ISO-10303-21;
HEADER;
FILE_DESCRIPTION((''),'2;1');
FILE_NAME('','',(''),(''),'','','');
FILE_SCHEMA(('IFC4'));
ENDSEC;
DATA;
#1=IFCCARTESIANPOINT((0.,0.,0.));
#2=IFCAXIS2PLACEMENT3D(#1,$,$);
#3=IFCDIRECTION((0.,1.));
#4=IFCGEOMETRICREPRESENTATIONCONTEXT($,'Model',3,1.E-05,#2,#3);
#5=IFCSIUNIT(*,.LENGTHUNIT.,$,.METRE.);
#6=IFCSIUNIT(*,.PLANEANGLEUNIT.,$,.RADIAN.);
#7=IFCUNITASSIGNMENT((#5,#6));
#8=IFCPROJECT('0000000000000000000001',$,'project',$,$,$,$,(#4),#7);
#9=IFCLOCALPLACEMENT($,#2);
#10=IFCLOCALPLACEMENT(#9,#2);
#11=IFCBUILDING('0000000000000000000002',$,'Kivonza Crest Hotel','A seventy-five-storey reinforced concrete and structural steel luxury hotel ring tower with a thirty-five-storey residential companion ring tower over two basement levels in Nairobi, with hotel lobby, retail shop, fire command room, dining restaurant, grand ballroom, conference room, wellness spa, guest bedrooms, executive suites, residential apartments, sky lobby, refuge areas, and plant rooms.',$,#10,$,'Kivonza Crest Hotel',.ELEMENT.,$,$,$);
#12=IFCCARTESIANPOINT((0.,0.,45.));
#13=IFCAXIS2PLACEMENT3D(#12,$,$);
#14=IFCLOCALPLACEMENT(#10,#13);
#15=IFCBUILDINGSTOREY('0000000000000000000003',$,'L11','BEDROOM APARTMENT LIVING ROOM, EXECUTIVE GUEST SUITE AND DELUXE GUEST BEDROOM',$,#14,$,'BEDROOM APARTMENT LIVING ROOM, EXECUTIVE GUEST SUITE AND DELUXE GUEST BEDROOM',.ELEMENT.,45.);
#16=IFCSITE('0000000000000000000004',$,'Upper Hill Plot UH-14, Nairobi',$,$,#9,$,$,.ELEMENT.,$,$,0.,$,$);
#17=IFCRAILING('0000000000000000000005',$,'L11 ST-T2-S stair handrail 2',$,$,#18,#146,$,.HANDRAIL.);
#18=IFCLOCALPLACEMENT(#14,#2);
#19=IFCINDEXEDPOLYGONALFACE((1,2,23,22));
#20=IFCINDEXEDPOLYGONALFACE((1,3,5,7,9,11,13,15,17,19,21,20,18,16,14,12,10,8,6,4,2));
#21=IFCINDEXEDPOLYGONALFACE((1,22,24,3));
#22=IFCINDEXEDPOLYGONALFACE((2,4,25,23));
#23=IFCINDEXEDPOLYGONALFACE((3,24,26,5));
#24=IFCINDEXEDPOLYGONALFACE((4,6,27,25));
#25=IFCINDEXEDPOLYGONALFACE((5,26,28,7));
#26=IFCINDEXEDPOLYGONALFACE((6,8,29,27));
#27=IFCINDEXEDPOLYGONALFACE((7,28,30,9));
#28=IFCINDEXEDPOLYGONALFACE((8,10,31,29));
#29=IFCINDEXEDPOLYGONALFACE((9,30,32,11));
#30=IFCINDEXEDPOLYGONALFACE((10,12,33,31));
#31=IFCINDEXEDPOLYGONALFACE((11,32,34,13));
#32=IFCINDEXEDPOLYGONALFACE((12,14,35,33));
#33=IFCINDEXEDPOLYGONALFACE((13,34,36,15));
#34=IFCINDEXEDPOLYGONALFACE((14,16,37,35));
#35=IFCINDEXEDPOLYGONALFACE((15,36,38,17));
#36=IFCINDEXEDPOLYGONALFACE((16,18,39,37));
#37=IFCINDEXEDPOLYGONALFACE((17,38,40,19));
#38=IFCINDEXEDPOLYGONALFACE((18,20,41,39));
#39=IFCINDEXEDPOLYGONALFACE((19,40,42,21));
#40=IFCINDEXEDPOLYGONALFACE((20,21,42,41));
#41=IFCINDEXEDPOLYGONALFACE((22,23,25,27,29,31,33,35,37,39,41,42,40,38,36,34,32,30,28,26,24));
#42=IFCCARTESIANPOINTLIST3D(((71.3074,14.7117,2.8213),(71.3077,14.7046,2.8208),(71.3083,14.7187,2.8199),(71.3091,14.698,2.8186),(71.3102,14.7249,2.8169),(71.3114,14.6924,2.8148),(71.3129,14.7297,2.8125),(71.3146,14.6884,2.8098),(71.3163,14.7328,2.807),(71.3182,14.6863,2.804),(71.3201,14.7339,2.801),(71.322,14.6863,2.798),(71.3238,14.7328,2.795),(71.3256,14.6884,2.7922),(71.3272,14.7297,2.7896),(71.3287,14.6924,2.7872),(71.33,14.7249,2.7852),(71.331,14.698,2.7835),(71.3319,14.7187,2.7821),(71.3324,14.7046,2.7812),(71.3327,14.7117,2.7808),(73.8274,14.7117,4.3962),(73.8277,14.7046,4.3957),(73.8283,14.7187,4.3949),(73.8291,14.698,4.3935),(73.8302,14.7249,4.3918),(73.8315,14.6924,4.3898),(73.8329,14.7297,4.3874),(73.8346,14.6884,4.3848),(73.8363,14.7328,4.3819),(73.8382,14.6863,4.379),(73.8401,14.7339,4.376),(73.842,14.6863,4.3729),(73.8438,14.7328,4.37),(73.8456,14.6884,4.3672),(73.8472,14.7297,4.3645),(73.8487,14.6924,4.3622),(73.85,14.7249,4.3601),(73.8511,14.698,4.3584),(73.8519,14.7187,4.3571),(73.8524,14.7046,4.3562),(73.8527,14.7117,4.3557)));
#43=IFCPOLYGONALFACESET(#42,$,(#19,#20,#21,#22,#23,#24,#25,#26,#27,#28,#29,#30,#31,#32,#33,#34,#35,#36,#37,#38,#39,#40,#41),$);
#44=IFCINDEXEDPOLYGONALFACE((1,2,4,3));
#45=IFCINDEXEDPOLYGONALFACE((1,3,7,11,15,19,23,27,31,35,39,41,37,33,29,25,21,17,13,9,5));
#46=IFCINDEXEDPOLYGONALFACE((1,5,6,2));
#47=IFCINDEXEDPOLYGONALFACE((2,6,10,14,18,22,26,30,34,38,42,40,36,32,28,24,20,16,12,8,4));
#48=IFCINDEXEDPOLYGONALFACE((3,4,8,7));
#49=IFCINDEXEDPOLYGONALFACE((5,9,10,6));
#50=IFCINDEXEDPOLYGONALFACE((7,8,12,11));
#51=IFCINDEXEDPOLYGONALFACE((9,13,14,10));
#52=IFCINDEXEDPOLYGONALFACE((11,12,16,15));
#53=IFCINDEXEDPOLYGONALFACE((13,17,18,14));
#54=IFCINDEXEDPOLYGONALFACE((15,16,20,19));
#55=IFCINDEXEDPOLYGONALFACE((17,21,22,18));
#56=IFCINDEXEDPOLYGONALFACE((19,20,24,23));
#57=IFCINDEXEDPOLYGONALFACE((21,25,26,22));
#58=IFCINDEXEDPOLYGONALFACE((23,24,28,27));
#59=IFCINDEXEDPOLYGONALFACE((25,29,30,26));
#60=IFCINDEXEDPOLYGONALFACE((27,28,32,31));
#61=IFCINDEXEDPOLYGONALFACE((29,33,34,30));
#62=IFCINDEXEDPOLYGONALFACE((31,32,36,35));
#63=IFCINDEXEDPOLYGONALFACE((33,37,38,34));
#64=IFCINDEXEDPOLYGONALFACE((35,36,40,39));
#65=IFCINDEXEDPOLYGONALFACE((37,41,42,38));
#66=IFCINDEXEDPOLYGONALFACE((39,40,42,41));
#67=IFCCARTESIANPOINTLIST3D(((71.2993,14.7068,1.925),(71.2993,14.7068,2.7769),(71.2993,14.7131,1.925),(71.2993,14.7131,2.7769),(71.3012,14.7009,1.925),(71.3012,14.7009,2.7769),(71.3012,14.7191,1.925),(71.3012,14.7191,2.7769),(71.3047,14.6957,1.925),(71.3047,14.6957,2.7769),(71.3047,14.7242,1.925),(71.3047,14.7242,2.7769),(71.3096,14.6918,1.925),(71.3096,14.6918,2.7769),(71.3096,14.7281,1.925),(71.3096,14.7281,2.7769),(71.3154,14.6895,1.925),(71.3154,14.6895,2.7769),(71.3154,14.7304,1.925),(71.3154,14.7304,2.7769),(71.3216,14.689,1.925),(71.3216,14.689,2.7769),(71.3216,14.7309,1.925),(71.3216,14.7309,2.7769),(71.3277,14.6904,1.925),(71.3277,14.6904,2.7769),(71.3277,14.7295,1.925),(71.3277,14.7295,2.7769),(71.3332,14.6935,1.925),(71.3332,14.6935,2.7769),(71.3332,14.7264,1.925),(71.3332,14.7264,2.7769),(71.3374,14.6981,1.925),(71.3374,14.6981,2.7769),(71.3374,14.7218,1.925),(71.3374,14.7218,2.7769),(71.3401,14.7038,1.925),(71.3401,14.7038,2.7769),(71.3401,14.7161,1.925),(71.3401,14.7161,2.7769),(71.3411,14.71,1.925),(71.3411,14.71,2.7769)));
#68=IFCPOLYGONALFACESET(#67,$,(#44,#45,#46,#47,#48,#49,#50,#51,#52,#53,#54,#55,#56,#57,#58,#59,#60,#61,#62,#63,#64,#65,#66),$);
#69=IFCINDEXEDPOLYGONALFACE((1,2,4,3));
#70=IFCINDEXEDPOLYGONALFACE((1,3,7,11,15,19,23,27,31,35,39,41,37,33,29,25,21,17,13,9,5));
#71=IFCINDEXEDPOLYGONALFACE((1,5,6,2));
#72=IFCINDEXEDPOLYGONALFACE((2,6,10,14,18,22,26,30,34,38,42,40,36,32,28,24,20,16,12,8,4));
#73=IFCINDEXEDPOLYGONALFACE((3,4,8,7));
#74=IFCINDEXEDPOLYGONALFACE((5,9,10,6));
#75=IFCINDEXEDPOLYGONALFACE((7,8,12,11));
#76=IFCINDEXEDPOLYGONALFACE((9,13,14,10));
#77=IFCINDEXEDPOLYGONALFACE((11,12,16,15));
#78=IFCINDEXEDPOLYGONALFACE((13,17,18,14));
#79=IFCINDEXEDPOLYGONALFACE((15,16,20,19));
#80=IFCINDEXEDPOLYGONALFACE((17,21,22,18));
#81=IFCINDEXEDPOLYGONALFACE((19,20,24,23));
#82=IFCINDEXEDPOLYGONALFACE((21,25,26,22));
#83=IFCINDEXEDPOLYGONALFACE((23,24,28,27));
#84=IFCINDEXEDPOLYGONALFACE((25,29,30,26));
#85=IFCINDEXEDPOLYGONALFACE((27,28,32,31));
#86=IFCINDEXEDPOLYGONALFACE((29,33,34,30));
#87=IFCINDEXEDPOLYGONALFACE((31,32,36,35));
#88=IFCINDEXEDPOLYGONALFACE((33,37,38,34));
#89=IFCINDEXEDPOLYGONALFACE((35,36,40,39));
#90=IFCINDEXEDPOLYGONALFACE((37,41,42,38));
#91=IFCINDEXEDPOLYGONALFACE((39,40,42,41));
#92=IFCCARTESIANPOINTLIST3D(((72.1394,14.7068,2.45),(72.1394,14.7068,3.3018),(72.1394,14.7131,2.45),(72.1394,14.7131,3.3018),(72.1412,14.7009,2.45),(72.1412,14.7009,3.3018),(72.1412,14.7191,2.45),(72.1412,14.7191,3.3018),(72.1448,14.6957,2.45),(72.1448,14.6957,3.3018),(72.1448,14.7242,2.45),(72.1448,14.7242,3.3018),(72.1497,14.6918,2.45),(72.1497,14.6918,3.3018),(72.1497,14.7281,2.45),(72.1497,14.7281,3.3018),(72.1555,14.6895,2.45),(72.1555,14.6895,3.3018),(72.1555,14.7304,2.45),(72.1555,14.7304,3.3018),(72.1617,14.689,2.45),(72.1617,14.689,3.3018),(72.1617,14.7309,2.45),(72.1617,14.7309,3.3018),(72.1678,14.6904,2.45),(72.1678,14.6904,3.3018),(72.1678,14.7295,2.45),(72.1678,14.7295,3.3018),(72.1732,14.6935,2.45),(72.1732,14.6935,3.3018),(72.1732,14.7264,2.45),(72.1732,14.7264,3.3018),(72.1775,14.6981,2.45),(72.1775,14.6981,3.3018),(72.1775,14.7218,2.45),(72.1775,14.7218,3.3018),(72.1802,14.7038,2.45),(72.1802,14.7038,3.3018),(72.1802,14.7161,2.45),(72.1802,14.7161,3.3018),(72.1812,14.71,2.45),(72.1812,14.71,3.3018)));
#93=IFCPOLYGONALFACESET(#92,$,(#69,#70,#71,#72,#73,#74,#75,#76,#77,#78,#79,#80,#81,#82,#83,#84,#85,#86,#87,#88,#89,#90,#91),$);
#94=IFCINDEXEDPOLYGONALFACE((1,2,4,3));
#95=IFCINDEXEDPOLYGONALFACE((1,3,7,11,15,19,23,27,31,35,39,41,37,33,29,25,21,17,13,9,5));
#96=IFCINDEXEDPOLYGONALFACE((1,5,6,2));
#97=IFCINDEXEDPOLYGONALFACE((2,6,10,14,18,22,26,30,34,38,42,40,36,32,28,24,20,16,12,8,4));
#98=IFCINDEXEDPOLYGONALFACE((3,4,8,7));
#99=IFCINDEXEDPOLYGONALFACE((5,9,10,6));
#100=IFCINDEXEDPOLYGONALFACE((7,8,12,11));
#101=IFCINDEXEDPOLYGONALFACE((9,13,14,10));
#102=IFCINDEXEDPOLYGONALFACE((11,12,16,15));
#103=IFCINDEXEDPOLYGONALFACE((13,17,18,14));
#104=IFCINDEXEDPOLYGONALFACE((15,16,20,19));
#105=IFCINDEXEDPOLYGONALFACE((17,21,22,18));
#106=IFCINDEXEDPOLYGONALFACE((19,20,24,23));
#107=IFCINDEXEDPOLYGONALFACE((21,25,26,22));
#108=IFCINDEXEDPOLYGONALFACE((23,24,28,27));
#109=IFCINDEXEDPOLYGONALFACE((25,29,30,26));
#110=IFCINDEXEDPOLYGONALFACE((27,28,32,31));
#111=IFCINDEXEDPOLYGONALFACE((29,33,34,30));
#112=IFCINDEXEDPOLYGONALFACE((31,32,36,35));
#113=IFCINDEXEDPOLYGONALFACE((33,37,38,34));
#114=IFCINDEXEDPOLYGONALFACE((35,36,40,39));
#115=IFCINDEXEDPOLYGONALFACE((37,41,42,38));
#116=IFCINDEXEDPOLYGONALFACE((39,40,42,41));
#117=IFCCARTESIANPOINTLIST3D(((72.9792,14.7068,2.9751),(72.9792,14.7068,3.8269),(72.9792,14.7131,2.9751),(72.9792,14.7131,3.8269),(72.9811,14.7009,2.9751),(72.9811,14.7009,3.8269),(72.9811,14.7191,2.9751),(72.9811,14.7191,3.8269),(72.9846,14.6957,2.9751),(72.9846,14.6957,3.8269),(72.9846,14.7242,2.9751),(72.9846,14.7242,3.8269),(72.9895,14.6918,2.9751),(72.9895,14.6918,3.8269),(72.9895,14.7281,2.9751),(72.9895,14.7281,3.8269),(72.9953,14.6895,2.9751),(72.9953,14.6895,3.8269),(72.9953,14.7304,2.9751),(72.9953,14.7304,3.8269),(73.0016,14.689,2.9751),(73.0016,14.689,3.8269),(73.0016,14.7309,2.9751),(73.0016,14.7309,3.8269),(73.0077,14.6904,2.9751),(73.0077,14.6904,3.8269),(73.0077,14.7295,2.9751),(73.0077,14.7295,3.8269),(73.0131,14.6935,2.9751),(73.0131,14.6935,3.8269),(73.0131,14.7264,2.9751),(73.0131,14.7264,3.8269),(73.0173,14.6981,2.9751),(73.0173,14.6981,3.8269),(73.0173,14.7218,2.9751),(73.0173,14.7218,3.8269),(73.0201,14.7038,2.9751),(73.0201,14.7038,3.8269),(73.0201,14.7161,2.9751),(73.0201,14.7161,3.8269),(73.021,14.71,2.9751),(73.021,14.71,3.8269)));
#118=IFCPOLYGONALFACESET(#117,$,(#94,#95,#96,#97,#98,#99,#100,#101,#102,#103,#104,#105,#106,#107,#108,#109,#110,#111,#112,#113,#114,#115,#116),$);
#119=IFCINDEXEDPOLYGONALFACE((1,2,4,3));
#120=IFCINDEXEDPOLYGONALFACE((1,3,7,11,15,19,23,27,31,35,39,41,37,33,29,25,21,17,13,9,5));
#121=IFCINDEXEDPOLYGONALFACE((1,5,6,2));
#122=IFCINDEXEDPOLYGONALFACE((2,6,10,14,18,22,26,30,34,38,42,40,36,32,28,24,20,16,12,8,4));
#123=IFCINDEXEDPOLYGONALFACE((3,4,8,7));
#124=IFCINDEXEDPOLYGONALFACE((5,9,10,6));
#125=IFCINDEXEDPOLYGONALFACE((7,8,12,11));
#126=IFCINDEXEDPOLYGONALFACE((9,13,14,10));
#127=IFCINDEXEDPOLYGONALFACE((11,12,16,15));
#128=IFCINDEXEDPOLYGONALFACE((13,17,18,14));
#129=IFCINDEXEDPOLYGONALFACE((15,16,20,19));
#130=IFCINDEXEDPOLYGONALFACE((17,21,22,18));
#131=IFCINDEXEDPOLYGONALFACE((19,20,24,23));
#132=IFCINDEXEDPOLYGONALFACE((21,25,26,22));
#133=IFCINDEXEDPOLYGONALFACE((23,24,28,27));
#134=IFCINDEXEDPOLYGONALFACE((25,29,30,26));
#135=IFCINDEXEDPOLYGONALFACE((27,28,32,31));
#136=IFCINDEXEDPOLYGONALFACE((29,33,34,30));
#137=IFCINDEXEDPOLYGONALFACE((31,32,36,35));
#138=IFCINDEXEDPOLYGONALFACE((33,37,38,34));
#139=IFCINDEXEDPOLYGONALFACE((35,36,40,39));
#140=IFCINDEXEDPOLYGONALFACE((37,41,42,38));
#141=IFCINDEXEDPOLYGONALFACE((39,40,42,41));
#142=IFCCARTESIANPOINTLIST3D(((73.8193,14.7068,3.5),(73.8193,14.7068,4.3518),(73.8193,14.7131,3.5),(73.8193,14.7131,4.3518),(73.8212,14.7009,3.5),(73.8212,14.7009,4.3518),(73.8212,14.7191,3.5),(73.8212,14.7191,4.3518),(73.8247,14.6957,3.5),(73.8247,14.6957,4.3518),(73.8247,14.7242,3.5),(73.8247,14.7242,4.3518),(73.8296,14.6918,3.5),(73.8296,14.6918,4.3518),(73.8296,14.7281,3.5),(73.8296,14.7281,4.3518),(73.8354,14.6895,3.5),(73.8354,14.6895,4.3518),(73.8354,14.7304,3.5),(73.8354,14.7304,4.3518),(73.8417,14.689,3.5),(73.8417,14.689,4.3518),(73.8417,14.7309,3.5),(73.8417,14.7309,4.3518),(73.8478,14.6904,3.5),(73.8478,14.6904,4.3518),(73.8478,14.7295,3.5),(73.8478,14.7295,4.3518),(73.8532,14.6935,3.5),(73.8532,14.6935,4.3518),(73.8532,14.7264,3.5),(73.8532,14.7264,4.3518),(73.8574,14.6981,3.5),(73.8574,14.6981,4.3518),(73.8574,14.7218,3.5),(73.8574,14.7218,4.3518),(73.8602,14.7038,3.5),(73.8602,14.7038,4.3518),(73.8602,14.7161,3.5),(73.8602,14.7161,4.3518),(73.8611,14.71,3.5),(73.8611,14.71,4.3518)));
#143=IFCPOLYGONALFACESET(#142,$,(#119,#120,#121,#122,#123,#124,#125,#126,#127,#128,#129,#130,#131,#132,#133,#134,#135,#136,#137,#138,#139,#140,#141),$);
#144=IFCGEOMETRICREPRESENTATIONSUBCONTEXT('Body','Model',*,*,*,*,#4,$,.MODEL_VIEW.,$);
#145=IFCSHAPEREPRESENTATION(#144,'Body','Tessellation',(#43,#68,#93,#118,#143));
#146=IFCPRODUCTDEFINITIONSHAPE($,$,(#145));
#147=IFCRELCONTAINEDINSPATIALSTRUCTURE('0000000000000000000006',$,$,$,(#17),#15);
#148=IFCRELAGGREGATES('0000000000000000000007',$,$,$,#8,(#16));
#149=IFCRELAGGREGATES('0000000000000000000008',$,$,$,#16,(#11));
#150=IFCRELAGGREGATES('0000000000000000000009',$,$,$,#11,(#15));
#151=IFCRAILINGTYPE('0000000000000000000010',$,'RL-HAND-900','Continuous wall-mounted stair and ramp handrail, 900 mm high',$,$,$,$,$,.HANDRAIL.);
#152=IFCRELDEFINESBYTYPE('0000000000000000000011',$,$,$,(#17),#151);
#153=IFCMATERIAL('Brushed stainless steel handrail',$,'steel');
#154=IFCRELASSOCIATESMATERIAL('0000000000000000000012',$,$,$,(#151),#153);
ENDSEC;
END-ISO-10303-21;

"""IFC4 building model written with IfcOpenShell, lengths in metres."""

from ifc_helpers import new_model, si_unit, direction, frame, origin, origin_2d, place, context, subcontext, project, spatial, circle, extrude, material, type_object, element, save


model = new_model("IFC4")

# Units and contexts
model_context = context("Model", 3, precision=1e-05, world=origin(), true_north=direction((0.0, 1.0)))
body_context = subcontext(model_context, "Body", "Model", "MODEL_VIEW")
ifc_project = project(units=[si_unit("LENGTHUNIT", "METRE"), si_unit("PLANEANGLEUNIT", "RADIAN")], contexts=[model_context])

# Site, building, storey
site_placement = place(None, origin())
site = spatial("IfcSite", under=ifc_project, at=site_placement, Name="Upper Hill Plot UH-14, Nairobi", CompositionType="ELEMENT", RefElevation=0.0)
building_placement = place(site_placement, origin())
building = spatial("IfcBuilding", under=site, at=building_placement, Name="Kivonza Crest Hotel", Description="A seventy-five-storey reinforced concrete and structural steel luxury hotel ring tower with a thirty-five-storey residential companion ring tower over two basement levels in Nairobi, with hotel lobby, retail shop, fire command room, dining restaurant, grand ballroom, conference room, wellness spa, guest bedrooms, executive suites, residential apartments, sky lobby, refuge areas, and plant rooms.", LongName="Kivonza Crest Hotel", CompositionType="ELEMENT")
storey_placement = place(building_placement, frame((0.0, 0.0, 45.0)))
storey = spatial("IfcBuildingStorey", under=building, at=storey_placement, Name="L11", Description="BEDROOM APARTMENT LIVING ROOM, EXECUTIVE GUEST SUITE AND DELUXE GUEST BEDROOM", LongName="BEDROOM APARTMENT LIVING ROOM, EXECUTIVE GUEST SUITE AND DELUXE GUEST BEDROOM", CompositionType="ELEMENT", Elevation=45.0)

# Railing
ifc_material_1 = material(Name="Brushed stainless steel handrail", Category="steel")
railing_type_1 = type_object("IfcRailingType", Name="RL-HAND-900", Description="Continuous wall-mounted stair and ramp handrail, 900 mm high", PredefinedType="HANDRAIL", material=ifc_material_1)
railing_1_placement = place(storey_placement, frame((71.3201, 14.71, 1.925)))
element("IfcRailing", 1, at=railing_1_placement, inside=storey, type_object=railing_type_1, Name="L11 ST-T2-S stair handrail 2", PredefinedType="HANDRAIL", context=body_context, shape_type="SweptSolid", body=[
    extrude(circle(Radius=0.0239, at=origin_2d()), frame((0.0, 0.0, 0.876), z_axis=(0.848008, 0.0, 0.529984), x_axis=(0.0, 1.0, 0.0)), (0.0, 0.0, 1.0), 2.9717),
    extrude(circle(Radius=0.021, at=origin_2d()), origin(), (0.0, 0.0, 1.0), 0.8518),
    extrude(circle(Radius=0.021, at=origin_2d()), frame((0.8401, 0.0, 0.5249)), (0.0, 0.0, 1.0), 0.8518),
    extrude(circle(Radius=0.021, at=origin_2d()), frame((1.6799, 0.0, 1.05)), (0.0, 0.0, 1.0), 0.8518),
    extrude(circle(Radius=0.021, at=origin_2d()), frame((2.52, 0.0, 1.575)), (0.0, 0.0, 1.0), 0.8518),
])

save(model, "model.ifc")
